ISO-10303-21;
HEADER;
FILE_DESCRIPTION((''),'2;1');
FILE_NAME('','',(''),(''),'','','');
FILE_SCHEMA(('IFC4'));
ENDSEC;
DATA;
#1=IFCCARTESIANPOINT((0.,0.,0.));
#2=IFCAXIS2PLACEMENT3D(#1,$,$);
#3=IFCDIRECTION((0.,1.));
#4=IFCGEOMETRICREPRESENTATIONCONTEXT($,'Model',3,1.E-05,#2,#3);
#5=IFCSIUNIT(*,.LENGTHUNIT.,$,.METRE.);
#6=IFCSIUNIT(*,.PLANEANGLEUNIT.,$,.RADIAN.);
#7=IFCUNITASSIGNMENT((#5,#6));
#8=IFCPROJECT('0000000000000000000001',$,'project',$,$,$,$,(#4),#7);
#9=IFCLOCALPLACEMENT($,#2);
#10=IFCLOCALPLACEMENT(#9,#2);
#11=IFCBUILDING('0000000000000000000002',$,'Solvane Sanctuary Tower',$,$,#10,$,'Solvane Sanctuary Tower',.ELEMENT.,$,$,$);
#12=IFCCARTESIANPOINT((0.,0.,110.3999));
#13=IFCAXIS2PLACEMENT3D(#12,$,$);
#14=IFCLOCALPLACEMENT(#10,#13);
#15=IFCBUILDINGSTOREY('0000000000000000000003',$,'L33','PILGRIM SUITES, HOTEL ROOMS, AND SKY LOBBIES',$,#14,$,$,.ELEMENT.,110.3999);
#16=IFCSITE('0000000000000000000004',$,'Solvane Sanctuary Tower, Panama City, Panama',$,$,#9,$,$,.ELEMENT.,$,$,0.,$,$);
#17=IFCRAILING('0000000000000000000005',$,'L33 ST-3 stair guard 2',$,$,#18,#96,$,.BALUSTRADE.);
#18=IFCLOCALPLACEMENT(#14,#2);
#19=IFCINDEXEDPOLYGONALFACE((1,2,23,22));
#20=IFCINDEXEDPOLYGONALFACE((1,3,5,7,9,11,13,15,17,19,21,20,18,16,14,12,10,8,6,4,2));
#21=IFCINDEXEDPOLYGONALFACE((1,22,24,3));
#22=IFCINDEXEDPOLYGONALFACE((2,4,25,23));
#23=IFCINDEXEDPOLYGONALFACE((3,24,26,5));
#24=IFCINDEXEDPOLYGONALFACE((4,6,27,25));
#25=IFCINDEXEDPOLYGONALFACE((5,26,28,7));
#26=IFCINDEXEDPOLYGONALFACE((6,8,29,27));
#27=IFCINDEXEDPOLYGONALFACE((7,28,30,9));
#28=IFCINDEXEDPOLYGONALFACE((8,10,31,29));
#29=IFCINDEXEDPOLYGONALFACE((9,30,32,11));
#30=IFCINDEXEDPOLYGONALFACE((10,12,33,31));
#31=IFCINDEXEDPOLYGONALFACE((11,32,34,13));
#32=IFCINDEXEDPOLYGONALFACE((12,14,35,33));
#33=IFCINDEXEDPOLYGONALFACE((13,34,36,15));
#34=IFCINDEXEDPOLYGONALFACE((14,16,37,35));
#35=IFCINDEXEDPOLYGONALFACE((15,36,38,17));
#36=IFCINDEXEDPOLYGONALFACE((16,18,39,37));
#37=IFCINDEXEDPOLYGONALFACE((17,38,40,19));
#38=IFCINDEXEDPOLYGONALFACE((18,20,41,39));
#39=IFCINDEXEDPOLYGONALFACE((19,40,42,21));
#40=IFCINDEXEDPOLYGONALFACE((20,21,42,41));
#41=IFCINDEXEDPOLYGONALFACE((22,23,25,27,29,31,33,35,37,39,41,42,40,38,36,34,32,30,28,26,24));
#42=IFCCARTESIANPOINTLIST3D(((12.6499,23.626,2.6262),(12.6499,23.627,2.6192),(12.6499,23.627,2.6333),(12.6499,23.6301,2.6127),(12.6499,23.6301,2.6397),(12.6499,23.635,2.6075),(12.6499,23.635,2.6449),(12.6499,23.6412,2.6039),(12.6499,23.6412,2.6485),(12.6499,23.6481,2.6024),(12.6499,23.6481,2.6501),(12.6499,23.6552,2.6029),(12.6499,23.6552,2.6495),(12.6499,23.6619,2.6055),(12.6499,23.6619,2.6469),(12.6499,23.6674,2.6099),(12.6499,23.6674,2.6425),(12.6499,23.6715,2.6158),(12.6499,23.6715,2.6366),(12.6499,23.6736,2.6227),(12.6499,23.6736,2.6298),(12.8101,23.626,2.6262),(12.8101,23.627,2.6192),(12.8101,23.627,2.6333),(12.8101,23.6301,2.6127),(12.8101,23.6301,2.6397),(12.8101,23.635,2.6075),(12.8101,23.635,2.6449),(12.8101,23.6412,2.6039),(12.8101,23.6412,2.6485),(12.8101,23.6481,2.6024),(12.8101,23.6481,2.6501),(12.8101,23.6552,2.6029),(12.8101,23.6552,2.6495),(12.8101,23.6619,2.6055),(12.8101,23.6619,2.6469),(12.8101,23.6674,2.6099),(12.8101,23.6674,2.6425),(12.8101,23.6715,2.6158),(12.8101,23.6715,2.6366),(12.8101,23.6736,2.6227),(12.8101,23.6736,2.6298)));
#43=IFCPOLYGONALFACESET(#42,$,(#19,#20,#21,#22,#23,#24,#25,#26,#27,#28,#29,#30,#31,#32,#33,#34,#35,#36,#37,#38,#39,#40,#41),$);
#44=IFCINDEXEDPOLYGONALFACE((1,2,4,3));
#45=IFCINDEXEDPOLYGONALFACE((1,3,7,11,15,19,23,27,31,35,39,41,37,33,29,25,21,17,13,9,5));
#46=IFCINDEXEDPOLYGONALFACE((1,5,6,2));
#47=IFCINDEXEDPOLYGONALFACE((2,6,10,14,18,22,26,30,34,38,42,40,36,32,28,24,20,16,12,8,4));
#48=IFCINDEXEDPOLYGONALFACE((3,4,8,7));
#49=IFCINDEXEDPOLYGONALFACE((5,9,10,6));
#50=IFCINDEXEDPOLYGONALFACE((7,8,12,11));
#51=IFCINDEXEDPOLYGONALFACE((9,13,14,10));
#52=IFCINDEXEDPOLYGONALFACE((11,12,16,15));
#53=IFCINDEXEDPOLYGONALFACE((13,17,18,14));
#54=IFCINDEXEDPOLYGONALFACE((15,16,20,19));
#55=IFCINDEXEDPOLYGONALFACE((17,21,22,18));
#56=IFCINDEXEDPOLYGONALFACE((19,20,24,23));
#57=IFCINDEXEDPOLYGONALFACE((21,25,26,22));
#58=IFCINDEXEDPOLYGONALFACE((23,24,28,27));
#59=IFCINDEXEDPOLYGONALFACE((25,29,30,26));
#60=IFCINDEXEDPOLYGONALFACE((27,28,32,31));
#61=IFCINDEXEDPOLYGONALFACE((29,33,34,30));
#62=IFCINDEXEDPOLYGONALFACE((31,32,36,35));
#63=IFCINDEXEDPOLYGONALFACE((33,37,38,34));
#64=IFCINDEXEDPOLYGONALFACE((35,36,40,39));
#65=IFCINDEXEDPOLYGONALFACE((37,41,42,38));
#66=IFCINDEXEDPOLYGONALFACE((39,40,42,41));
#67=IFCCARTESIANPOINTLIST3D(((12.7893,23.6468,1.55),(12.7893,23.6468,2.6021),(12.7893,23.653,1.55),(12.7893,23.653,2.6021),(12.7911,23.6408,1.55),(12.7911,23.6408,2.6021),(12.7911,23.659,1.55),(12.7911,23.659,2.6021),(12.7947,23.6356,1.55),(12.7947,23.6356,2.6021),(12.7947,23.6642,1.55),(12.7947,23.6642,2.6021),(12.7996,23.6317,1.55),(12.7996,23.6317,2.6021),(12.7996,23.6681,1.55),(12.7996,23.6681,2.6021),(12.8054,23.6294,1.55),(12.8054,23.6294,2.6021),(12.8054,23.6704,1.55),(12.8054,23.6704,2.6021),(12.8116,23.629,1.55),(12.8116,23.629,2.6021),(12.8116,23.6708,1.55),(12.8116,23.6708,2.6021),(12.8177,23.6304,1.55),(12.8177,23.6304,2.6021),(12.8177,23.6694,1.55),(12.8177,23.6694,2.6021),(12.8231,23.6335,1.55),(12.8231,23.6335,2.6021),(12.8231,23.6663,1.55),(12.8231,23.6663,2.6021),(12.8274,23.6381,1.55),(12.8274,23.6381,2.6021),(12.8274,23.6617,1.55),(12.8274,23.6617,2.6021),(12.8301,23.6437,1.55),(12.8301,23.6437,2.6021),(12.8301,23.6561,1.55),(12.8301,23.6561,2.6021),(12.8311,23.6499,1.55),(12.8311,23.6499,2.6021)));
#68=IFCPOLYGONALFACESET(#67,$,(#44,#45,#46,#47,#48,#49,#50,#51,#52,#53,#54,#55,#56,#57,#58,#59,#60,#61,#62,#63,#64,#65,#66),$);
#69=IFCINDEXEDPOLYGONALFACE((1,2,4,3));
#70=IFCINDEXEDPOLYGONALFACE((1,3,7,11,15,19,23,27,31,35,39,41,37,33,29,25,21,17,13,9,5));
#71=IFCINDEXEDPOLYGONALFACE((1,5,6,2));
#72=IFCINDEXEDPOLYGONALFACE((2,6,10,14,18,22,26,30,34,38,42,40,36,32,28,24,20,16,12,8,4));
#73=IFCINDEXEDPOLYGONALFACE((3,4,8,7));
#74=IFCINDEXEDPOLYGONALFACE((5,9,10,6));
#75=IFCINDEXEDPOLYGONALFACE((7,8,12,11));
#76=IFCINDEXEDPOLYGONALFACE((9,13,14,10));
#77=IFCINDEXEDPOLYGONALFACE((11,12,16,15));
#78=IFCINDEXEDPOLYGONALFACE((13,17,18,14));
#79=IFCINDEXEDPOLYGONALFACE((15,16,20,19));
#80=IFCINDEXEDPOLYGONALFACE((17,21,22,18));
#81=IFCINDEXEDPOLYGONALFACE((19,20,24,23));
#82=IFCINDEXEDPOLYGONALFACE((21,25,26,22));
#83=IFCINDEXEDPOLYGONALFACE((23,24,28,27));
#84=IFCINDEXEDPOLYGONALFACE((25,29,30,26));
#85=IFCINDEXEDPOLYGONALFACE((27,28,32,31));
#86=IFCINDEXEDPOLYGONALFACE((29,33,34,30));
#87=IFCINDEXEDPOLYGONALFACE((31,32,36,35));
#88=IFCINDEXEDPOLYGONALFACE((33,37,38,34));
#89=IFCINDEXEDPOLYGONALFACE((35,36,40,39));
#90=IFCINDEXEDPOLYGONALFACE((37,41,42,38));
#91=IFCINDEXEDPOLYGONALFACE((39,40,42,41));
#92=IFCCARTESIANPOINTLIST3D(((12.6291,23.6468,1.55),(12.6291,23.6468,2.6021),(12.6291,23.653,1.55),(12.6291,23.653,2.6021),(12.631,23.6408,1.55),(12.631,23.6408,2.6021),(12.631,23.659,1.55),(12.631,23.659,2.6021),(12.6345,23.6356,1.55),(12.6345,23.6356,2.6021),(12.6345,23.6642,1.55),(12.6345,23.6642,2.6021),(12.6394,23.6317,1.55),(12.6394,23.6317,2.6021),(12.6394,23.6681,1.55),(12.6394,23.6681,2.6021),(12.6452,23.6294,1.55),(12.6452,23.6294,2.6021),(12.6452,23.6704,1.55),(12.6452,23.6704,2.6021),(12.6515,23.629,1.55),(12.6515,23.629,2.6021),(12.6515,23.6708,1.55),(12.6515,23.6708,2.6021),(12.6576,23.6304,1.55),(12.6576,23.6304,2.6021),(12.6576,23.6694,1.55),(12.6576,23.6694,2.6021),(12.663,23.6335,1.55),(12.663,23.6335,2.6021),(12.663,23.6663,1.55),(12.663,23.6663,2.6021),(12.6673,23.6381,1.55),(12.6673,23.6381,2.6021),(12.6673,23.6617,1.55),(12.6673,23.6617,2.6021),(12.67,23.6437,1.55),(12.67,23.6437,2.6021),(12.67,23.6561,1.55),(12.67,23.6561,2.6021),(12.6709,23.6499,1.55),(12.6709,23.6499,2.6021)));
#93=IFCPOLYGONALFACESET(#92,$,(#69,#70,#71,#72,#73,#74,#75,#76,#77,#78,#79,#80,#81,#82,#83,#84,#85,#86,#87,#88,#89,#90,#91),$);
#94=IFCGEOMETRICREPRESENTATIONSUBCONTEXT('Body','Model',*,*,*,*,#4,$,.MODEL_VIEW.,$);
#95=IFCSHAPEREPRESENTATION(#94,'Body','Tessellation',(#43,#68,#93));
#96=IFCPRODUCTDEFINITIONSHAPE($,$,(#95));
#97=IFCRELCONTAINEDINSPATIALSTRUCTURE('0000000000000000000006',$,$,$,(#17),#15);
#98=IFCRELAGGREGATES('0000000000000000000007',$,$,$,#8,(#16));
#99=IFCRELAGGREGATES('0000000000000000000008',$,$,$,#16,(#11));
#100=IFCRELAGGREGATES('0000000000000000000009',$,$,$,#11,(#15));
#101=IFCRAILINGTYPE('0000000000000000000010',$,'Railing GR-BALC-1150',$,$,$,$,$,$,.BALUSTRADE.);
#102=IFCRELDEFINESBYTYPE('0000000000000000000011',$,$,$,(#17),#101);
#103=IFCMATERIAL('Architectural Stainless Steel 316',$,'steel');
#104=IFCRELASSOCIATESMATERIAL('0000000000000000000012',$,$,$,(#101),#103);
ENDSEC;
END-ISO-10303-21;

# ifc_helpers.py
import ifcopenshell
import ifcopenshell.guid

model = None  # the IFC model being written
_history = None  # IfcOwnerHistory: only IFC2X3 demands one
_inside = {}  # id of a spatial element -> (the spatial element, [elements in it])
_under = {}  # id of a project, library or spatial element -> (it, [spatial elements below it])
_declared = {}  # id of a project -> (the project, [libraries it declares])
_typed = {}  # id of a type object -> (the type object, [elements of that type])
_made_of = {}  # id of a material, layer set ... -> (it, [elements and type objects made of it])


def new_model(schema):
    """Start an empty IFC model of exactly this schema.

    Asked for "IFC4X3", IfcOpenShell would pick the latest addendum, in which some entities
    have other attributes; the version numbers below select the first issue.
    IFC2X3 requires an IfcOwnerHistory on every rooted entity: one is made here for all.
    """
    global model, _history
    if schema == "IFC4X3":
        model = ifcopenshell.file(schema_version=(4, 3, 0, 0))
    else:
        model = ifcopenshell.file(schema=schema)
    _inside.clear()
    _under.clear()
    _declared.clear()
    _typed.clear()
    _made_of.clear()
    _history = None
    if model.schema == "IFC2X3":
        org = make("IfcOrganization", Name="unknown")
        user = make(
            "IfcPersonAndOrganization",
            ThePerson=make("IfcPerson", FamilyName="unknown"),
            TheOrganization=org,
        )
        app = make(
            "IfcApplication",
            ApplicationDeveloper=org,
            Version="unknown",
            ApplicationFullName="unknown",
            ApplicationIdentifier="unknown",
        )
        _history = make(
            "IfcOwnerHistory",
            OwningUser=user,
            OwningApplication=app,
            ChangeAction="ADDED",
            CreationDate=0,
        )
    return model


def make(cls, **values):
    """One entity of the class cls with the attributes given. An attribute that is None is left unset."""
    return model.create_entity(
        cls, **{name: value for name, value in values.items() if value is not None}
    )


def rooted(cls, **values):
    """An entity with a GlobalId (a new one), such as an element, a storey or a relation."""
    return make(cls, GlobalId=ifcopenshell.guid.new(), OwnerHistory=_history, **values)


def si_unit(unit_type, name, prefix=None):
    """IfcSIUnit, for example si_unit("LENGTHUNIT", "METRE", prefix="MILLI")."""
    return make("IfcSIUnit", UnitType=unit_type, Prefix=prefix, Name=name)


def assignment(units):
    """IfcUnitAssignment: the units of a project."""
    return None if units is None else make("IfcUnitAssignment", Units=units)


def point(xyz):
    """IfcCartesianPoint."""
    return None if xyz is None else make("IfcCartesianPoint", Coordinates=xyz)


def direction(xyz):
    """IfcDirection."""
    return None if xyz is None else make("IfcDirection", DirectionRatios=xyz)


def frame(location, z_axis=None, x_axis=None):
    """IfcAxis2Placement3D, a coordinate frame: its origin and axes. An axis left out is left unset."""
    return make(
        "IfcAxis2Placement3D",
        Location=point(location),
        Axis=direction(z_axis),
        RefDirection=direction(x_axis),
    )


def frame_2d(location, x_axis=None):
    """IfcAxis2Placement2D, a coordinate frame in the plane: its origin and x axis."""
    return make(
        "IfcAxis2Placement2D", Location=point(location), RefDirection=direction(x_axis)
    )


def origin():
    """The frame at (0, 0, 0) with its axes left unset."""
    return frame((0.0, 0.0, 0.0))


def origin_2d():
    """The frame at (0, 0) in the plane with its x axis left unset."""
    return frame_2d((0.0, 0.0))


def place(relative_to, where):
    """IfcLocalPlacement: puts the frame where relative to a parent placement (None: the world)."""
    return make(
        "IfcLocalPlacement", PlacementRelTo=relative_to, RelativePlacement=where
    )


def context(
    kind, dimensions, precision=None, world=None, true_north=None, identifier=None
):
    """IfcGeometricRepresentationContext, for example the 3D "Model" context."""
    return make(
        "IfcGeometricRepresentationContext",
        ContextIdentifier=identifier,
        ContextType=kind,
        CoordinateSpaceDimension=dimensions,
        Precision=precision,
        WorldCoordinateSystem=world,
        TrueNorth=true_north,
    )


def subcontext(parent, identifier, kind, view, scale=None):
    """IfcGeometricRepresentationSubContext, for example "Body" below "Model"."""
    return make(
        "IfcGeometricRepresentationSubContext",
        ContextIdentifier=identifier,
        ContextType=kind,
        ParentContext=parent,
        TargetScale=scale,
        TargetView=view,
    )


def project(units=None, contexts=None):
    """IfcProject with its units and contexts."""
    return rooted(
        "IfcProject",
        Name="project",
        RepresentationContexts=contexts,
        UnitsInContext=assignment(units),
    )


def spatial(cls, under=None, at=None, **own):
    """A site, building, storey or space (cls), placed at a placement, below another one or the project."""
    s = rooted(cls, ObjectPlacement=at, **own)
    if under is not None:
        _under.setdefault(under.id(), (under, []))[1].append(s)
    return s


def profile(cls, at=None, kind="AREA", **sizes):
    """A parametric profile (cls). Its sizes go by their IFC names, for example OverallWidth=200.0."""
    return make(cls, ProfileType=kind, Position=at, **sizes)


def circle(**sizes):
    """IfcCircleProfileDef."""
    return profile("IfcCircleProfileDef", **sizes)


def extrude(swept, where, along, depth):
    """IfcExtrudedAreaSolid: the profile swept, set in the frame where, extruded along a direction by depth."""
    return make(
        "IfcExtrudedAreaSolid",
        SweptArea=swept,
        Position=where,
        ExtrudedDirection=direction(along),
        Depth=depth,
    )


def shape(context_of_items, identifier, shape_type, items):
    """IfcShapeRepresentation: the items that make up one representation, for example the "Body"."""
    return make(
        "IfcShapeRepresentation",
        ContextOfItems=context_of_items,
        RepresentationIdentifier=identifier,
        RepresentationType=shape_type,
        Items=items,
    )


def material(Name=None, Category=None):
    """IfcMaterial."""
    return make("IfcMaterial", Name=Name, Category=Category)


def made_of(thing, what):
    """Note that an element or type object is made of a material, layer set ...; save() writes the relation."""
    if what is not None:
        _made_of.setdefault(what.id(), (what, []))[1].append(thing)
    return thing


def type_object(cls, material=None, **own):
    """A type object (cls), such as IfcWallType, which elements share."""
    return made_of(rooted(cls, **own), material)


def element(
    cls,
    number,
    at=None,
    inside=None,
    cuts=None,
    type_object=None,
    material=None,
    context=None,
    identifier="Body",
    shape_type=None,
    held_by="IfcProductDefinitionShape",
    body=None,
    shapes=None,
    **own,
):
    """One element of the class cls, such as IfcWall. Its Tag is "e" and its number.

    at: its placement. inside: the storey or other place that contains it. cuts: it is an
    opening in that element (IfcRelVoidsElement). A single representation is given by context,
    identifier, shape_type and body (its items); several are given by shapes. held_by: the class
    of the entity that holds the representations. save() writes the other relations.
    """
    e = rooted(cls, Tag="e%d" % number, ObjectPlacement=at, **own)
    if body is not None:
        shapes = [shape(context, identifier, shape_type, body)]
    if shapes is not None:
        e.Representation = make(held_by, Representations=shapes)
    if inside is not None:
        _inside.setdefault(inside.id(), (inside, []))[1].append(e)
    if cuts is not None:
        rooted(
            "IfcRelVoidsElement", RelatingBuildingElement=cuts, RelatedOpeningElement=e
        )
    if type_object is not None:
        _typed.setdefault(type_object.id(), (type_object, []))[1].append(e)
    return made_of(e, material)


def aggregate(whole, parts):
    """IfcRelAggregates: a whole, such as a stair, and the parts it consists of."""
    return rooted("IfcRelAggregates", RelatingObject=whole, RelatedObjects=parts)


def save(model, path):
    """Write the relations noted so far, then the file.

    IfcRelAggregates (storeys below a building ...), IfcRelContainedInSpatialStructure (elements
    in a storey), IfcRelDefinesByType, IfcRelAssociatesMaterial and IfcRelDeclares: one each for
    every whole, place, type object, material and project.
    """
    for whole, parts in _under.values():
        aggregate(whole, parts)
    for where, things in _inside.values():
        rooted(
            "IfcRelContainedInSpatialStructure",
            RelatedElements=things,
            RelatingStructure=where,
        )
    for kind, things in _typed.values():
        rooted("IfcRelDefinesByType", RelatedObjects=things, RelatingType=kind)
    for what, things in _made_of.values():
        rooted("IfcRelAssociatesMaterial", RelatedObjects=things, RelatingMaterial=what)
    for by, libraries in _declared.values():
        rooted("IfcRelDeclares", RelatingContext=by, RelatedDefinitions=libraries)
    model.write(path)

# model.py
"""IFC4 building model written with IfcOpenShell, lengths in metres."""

from ifc_helpers import new_model, si_unit, direction, frame, origin, origin_2d, place, context, subcontext, project, spatial, circle, extrude, material, type_object, element, save


model = new_model("IFC4")

# Units and contexts
model_context = context("Model", 3, precision=1e-05, world=origin(), true_north=direction((0.0, 1.0)))
body_context = subcontext(model_context, "Body", "Model", "MODEL_VIEW")
ifc_project = project(units=[si_unit("LENGTHUNIT", "METRE"), si_unit("PLANEANGLEUNIT", "RADIAN")], contexts=[model_context])

# Site, building, storey
site_placement = place(None, origin())
site = spatial("IfcSite", under=ifc_project, at=site_placement, Name="Solvane Sanctuary Tower, Panama City, Panama", CompositionType="ELEMENT", RefElevation=0.0)
building_placement = place(site_placement, origin())
building = spatial("IfcBuilding", under=site, at=building_placement, Name="Solvane Sanctuary Tower", LongName="Solvane Sanctuary Tower", CompositionType="ELEMENT")
storey_placement = place(building_placement, frame((0.0, 0.0, 110.3999)))
storey = spatial("IfcBuildingStorey", under=building, at=storey_placement, Name="L33", Description="PILGRIM SUITES, HOTEL ROOMS, AND SKY LOBBIES", CompositionType="ELEMENT", Elevation=110.3999)

# Shared definitions
ifc_material_1 = material(Name="Architectural Stainless Steel 316", Category="steel")

# Railing
railing_type_1 = type_object("IfcRailingType", Name="Railing GR-BALC-1150", PredefinedType="BALUSTRADE", material=ifc_material_1)
railing_1_placement = place(storey_placement, frame((12.8101, 23.6499, 1.55)))
element("IfcRailing", 1, at=railing_1_placement, inside=storey, type_object=railing_type_1, Name="L33 ST-3 stair guard 2", PredefinedType="BALUSTRADE", context=body_context, shape_type="SweptSolid", body=[
    extrude(circle(Radius=0.0239, at=origin_2d()), frame((0.0, 0.0, 1.0762), z_axis=(-1.0, 0.0, 0.0), x_axis=(0.0, -1.0, 0.0)), (0.0, 0.0, 1.0), 0.1602),
    extrude(circle(Radius=0.021, at=origin_2d()), origin(), (0.0, 0.0, 1.0), 1.052),
    extrude(circle(Radius=0.021, at=origin_2d()), frame((-0.1602, 0.0, 0.0)), (0.0, 0.0, 1.0), 1.052),
])

save(model, "model.ifc")
